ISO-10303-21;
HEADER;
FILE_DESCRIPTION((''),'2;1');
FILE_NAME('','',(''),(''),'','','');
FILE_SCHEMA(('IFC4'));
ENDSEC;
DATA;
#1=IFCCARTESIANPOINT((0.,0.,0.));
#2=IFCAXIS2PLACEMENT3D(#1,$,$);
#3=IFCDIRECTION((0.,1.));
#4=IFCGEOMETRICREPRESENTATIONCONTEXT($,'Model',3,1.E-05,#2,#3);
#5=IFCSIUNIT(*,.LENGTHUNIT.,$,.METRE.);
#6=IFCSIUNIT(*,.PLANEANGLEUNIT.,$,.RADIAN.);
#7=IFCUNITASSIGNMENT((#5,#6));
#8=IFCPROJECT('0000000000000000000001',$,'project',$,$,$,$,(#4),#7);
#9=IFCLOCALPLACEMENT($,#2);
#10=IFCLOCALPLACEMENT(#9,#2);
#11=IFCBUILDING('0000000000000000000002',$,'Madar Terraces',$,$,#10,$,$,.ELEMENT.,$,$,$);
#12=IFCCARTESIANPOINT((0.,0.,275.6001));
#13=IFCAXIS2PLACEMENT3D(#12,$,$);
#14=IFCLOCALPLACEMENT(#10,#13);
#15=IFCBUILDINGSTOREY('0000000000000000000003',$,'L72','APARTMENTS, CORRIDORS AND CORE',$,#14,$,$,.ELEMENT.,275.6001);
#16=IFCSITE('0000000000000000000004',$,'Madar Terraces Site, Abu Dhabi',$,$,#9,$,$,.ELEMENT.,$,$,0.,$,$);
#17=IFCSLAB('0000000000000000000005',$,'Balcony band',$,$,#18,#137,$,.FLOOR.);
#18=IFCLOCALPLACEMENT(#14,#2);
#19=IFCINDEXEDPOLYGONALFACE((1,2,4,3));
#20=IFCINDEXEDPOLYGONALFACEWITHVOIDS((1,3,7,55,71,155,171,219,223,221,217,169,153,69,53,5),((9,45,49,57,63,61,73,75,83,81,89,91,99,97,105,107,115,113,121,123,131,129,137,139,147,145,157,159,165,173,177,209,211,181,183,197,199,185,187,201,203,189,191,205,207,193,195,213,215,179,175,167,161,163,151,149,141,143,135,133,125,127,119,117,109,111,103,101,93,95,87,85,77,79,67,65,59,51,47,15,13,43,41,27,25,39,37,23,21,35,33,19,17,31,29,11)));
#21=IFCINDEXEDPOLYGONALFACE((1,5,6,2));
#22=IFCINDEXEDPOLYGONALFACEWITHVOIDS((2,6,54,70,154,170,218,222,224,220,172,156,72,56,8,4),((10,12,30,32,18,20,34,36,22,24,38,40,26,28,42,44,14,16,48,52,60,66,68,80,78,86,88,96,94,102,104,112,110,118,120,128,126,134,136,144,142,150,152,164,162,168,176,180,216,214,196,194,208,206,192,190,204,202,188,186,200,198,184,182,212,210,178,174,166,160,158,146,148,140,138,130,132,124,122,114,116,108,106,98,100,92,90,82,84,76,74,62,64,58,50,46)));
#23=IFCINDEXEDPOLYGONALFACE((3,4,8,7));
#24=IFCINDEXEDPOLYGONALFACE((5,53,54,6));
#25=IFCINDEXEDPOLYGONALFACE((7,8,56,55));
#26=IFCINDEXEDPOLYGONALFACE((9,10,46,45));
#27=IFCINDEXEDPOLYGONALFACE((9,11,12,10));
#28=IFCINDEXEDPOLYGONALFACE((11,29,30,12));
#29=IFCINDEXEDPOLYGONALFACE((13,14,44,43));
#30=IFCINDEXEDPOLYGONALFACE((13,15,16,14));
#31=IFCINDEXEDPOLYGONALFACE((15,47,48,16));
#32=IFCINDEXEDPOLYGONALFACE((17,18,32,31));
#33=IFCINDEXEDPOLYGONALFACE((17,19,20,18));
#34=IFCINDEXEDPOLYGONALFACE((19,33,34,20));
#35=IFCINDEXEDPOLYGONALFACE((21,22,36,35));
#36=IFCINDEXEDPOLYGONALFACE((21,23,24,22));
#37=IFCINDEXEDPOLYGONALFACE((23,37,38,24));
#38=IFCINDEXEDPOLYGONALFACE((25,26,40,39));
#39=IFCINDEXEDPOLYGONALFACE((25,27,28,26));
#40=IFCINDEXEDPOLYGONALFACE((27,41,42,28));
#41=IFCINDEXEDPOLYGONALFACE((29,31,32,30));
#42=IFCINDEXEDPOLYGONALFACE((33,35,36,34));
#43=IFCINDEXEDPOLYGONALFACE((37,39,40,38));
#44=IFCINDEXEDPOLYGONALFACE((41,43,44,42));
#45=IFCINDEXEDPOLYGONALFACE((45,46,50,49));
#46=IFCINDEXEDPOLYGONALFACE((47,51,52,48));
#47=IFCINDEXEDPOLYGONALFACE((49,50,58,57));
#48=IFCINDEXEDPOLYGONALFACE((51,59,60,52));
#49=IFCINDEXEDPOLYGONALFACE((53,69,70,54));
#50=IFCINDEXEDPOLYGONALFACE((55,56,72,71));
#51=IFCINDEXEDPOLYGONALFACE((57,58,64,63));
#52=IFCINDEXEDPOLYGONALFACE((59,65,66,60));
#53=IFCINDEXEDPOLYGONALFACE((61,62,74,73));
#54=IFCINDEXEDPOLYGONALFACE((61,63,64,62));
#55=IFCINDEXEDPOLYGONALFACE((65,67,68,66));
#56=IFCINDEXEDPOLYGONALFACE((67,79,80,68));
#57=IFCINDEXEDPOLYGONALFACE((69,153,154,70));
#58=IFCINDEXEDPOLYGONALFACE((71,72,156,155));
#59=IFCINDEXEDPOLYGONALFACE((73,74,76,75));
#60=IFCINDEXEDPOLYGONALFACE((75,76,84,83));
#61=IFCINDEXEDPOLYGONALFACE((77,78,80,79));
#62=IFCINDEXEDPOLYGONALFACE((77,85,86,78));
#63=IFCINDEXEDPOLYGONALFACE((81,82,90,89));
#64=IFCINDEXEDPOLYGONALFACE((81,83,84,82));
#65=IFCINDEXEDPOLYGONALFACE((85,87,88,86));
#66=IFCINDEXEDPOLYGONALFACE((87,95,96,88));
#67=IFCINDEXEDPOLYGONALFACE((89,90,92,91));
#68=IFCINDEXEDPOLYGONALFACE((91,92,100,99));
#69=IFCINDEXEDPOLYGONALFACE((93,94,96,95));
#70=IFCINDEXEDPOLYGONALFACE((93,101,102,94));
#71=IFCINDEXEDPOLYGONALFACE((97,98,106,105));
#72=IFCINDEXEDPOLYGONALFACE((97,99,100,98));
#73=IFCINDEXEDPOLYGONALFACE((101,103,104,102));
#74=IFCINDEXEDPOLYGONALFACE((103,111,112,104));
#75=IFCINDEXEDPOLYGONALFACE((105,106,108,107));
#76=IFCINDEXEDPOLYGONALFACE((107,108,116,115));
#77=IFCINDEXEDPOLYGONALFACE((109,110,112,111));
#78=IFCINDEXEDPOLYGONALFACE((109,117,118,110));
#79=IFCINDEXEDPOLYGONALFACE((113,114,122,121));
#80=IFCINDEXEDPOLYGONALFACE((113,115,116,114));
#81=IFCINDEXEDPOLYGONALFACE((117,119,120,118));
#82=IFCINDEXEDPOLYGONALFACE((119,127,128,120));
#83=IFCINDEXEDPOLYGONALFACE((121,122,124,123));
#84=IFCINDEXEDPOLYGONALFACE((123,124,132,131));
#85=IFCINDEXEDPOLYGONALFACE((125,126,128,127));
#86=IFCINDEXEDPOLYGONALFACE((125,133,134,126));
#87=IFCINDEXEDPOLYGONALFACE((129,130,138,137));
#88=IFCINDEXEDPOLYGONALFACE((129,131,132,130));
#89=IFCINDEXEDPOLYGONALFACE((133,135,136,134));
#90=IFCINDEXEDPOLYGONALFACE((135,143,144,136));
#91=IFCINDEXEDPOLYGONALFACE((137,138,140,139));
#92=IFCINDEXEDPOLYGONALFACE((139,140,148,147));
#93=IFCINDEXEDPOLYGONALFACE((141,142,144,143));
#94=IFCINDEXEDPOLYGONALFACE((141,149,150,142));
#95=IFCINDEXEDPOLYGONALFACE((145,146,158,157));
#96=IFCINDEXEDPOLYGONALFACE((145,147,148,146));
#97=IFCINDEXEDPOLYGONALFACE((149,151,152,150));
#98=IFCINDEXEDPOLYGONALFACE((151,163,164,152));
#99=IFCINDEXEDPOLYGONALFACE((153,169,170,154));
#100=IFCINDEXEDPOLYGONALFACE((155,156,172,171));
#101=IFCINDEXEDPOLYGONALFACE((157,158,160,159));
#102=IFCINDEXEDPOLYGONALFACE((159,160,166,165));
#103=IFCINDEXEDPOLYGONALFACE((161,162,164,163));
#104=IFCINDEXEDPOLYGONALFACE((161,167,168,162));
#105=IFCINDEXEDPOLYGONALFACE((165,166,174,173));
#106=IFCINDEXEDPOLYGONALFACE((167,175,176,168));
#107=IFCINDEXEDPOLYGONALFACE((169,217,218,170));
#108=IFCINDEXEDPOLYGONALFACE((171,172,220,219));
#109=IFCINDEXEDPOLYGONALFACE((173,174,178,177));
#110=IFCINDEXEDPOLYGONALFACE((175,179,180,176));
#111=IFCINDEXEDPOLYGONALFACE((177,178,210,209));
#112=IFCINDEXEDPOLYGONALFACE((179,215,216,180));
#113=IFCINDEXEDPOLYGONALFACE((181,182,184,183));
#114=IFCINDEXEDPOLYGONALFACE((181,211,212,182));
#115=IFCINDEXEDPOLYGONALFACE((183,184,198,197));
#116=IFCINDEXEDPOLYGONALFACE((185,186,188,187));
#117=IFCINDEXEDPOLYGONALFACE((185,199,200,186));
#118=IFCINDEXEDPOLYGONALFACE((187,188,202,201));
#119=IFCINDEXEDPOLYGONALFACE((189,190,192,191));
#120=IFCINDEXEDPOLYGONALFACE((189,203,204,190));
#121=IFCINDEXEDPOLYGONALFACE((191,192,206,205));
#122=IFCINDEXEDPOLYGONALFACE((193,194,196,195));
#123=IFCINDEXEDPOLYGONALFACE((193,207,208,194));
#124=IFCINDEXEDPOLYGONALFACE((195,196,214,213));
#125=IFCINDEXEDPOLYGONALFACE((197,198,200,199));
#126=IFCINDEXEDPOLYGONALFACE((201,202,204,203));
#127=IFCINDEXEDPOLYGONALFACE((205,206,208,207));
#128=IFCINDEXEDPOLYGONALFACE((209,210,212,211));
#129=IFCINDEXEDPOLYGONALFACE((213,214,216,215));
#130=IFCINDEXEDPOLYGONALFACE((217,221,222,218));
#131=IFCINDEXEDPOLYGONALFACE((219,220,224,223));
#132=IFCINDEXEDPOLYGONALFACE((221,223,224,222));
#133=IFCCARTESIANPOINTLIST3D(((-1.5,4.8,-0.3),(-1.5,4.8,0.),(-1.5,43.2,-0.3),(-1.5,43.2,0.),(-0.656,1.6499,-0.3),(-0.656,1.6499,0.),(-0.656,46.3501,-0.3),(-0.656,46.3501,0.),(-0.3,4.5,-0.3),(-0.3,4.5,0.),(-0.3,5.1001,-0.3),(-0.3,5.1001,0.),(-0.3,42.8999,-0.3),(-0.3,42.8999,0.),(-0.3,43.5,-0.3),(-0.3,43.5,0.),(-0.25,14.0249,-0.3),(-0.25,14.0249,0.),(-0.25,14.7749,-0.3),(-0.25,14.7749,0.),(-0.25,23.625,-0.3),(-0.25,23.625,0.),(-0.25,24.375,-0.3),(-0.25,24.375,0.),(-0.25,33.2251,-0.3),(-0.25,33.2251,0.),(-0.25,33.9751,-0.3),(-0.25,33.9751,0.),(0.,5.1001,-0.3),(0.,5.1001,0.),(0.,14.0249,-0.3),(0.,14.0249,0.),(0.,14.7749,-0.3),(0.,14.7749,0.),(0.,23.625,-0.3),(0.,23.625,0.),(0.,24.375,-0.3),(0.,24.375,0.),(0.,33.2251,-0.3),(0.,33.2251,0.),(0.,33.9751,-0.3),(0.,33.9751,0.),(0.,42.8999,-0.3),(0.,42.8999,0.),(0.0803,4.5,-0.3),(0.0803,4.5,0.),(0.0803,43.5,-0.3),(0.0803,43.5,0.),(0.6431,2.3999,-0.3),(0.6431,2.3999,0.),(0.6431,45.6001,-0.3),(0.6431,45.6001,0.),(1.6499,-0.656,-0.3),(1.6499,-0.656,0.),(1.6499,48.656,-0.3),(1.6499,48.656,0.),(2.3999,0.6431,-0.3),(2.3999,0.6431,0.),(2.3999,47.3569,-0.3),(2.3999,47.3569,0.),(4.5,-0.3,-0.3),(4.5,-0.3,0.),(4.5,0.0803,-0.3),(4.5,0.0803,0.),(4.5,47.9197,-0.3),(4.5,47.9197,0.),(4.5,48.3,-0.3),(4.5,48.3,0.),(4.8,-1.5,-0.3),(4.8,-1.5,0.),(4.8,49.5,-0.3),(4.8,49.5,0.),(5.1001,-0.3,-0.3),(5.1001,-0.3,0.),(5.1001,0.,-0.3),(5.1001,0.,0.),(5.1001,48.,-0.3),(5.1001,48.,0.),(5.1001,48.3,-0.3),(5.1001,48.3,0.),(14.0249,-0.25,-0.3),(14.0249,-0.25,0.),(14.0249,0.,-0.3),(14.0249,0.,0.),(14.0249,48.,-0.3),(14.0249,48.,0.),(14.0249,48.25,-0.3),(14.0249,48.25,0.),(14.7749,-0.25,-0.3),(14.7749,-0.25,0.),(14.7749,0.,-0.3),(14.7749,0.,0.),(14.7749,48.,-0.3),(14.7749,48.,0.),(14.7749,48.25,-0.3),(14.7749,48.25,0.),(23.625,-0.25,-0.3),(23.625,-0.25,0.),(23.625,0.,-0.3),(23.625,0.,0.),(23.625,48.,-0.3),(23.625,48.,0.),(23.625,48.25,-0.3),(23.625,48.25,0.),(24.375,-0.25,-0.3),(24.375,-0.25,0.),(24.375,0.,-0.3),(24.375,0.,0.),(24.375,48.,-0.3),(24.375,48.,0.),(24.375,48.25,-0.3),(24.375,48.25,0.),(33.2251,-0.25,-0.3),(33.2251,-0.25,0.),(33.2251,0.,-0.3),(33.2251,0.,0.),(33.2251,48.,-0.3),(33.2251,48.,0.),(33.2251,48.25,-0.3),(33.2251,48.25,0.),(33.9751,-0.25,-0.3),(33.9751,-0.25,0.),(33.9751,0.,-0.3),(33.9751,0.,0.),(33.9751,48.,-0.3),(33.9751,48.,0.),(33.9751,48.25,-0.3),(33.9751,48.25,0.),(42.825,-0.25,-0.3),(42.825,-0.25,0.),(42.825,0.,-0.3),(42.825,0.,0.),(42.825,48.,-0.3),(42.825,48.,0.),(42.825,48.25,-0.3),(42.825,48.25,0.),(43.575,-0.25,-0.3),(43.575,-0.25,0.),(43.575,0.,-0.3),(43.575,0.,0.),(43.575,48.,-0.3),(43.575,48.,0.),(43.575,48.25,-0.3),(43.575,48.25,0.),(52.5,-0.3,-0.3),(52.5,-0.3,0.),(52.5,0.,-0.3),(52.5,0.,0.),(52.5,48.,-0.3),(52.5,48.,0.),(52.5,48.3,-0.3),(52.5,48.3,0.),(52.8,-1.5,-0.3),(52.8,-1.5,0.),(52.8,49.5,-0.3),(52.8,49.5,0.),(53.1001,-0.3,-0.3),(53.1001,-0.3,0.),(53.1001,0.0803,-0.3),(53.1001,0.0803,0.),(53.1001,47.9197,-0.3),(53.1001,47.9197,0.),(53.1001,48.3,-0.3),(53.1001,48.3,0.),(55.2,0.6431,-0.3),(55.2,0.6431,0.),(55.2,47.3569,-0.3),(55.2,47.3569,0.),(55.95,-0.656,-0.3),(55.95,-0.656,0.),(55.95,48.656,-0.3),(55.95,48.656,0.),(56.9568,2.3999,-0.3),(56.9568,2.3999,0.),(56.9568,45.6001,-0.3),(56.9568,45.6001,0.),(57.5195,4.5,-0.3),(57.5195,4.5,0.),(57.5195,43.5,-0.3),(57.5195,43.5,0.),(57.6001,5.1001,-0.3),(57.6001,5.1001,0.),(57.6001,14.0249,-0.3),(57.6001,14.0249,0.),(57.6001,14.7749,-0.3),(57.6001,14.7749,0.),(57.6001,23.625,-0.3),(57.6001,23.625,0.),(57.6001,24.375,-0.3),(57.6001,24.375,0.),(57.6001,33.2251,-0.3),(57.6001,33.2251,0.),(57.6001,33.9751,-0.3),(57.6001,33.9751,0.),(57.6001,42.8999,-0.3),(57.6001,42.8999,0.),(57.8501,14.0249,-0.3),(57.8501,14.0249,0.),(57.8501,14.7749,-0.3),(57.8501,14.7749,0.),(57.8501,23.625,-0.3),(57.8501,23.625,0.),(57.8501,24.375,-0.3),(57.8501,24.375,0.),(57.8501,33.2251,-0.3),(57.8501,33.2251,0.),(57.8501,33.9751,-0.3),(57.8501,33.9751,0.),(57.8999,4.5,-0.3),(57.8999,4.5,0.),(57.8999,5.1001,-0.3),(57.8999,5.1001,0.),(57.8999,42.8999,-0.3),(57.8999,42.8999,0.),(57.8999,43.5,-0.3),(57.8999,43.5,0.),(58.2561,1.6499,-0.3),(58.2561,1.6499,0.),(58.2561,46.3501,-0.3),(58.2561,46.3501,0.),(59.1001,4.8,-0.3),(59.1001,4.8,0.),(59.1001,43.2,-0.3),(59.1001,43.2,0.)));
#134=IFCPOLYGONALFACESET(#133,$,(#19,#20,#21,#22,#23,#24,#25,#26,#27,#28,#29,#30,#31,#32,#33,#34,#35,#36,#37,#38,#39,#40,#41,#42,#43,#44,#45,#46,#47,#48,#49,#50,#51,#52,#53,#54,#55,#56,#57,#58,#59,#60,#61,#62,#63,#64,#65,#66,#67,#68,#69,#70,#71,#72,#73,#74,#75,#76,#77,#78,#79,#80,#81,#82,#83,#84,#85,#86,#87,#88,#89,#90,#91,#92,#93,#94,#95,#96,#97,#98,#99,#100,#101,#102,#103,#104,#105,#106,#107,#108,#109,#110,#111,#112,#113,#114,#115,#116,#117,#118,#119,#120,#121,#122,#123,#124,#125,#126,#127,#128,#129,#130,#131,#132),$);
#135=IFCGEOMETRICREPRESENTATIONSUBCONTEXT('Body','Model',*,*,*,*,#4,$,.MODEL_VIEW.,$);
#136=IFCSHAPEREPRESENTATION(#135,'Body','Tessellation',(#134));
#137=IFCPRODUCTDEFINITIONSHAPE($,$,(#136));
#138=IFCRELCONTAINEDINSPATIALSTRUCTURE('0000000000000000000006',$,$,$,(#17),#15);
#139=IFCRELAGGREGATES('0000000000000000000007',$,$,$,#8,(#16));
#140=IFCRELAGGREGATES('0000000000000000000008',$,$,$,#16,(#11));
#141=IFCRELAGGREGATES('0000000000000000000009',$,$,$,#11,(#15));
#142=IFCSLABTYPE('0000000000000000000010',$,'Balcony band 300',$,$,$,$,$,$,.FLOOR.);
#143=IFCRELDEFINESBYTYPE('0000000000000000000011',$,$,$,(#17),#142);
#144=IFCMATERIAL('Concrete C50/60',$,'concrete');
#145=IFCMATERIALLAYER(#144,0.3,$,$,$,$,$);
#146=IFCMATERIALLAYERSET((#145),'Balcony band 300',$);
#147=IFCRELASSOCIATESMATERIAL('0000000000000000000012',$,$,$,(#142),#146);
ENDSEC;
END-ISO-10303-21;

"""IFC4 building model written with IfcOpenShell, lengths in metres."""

from ifc_helpers import new_model, si_unit, direction, frame, origin, place, context, subcontext, project, spatial, polyline, outline, extrude, material, layer, layer_set, type_object, element, save


model = new_model("IFC4")

# Units and contexts
model_context = context("Model", 3, precision=1e-05, world=origin(), true_north=direction((0.0, 1.0)))
body_context = subcontext(model_context, "Body", "Model", "MODEL_VIEW")
ifc_project = project(units=[si_unit("LENGTHUNIT", "METRE"), si_unit("PLANEANGLEUNIT", "RADIAN")], contexts=[model_context])

# Site, building, storey
site_placement = place(None, origin())
site = spatial("IfcSite", under=ifc_project, at=site_placement, Name="Madar Terraces Site, Abu Dhabi", CompositionType="ELEMENT", RefElevation=0.0)
building_placement = place(site_placement, origin())
building = spatial("IfcBuilding", under=site, at=building_placement, Name="Madar Terraces", CompositionType="ELEMENT")
storey_placement = place(building_placement, frame((0.0, 0.0, 275.6001)))
storey = spatial("IfcBuildingStorey", under=building, at=storey_placement, Name="L72", Description="APARTMENTS, CORRIDORS AND CORE", CompositionType="ELEMENT", Elevation=275.6001)

# Slab
ifc_material_1 = material(Name="Concrete C50/60", Category="concrete")
ifc_layer_1 = layer(ifc_material_1, 0.3)
ifc_layer_set_1 = layer_set([ifc_layer_1], Name="Balcony band 300")
slab_type_1 = type_object("IfcSlabType", Name="Balcony band 300", PredefinedType="FLOOR", material=ifc_layer_set_1)
slab_1_placement = place(storey_placement, frame((0.0, 0.0, -0.3)))
element("IfcSlab", 1, at=slab_1_placement, inside=storey, type_object=slab_type_1, Name="Balcony band", PredefinedType="FLOOR", context=body_context, shape_type="SweptSolid", body=[
    extrude(outline(polyline([(4.8, -1.5), (1.6499, -0.656), (-0.656, 1.6499), (-1.5, 4.8), (-1.5, 43.2), (-0.656, 46.3501), (1.6499, 48.656), (4.8, 49.5), (52.8, 49.5), (55.95, 48.656), (58.2561, 46.3501), (59.1001, 43.2), (59.1001, 4.8), (58.2561, 1.6499), (55.95, -0.656), (52.8, -1.5), (4.8, -1.5)]), holes=[polyline([(5.1001, -0.3), (5.1001, 0.0), (14.0249, 0.0), (14.0249, -0.25), (14.7749, -0.25), (14.7749, 0.0), (23.625, 0.0), (23.625, -0.25), (24.375, -0.25), (24.375, 0.0), (33.2251, 0.0), (33.2251, -0.25), (33.9751, -0.25), (33.9751, 0.0), (42.825, 0.0), (42.825, -0.25), (43.575, -0.25), (43.575, 0.0), (52.5, 0.0), (52.5, -0.3), (53.1001, -0.3), (53.1001, 0.0803), (55.2, 0.6431), (56.9568, 2.3999), (57.5195, 4.5), (57.8999, 4.5), (57.8999, 5.1001), (57.6001, 5.1001), (57.6001, 14.0249), (57.8501, 14.0249), (57.8501, 14.7749), (57.6001, 14.7749), (57.6001, 23.625), (57.8501, 23.625), (57.8501, 24.375), (57.6001, 24.375), (57.6001, 33.2251), (57.8501, 33.2251), (57.8501, 33.9751), (57.6001, 33.9751), (57.6001, 42.8999), (57.8999, 42.8999), (57.8999, 43.5), (57.5195, 43.5), (56.9568, 45.6001), (55.2, 47.3569), (53.1001, 47.9197), (53.1001, 48.3), (52.5, 48.3), (52.5, 48.0), (43.575, 48.0), (43.575, 48.25), (42.825, 48.25), (42.825, 48.0), (33.9751, 48.0), (33.9751, 48.25), (33.2251, 48.25), (33.2251, 48.0), (24.375, 48.0), (24.375, 48.25), (23.625, 48.25), (23.625, 48.0), (14.7749, 48.0), (14.7749, 48.25), (14.0249, 48.25), (14.0249, 48.0), (5.1001, 48.0), (5.1001, 48.3), (4.5, 48.3), (4.5, 47.9197), (2.3999, 47.3569), (0.6431, 45.6001), (0.0803, 43.5), (-0.3, 43.5), (-0.3, 42.8999), (0.0, 42.8999), (0.0, 33.9751), (-0.25, 33.9751), (-0.25, 33.2251), (0.0, 33.2251), (0.0, 24.375), (-0.25, 24.375), (-0.25, 23.625), (0.0, 23.625), (0.0, 14.7749), (-0.25, 14.7749), (-0.25, 14.0249), (0.0, 14.0249), (0.0, 5.1001), (-0.3, 5.1001), (-0.3, 4.5), (0.0803, 4.5), (0.6431, 2.3999), (2.3999, 0.6431), (4.5, 0.0803), (4.5, -0.3), (5.1001, -0.3)])]), origin(), (0.0, 0.0, 1.0), 0.3),
])

save(model, "model.ifc")
